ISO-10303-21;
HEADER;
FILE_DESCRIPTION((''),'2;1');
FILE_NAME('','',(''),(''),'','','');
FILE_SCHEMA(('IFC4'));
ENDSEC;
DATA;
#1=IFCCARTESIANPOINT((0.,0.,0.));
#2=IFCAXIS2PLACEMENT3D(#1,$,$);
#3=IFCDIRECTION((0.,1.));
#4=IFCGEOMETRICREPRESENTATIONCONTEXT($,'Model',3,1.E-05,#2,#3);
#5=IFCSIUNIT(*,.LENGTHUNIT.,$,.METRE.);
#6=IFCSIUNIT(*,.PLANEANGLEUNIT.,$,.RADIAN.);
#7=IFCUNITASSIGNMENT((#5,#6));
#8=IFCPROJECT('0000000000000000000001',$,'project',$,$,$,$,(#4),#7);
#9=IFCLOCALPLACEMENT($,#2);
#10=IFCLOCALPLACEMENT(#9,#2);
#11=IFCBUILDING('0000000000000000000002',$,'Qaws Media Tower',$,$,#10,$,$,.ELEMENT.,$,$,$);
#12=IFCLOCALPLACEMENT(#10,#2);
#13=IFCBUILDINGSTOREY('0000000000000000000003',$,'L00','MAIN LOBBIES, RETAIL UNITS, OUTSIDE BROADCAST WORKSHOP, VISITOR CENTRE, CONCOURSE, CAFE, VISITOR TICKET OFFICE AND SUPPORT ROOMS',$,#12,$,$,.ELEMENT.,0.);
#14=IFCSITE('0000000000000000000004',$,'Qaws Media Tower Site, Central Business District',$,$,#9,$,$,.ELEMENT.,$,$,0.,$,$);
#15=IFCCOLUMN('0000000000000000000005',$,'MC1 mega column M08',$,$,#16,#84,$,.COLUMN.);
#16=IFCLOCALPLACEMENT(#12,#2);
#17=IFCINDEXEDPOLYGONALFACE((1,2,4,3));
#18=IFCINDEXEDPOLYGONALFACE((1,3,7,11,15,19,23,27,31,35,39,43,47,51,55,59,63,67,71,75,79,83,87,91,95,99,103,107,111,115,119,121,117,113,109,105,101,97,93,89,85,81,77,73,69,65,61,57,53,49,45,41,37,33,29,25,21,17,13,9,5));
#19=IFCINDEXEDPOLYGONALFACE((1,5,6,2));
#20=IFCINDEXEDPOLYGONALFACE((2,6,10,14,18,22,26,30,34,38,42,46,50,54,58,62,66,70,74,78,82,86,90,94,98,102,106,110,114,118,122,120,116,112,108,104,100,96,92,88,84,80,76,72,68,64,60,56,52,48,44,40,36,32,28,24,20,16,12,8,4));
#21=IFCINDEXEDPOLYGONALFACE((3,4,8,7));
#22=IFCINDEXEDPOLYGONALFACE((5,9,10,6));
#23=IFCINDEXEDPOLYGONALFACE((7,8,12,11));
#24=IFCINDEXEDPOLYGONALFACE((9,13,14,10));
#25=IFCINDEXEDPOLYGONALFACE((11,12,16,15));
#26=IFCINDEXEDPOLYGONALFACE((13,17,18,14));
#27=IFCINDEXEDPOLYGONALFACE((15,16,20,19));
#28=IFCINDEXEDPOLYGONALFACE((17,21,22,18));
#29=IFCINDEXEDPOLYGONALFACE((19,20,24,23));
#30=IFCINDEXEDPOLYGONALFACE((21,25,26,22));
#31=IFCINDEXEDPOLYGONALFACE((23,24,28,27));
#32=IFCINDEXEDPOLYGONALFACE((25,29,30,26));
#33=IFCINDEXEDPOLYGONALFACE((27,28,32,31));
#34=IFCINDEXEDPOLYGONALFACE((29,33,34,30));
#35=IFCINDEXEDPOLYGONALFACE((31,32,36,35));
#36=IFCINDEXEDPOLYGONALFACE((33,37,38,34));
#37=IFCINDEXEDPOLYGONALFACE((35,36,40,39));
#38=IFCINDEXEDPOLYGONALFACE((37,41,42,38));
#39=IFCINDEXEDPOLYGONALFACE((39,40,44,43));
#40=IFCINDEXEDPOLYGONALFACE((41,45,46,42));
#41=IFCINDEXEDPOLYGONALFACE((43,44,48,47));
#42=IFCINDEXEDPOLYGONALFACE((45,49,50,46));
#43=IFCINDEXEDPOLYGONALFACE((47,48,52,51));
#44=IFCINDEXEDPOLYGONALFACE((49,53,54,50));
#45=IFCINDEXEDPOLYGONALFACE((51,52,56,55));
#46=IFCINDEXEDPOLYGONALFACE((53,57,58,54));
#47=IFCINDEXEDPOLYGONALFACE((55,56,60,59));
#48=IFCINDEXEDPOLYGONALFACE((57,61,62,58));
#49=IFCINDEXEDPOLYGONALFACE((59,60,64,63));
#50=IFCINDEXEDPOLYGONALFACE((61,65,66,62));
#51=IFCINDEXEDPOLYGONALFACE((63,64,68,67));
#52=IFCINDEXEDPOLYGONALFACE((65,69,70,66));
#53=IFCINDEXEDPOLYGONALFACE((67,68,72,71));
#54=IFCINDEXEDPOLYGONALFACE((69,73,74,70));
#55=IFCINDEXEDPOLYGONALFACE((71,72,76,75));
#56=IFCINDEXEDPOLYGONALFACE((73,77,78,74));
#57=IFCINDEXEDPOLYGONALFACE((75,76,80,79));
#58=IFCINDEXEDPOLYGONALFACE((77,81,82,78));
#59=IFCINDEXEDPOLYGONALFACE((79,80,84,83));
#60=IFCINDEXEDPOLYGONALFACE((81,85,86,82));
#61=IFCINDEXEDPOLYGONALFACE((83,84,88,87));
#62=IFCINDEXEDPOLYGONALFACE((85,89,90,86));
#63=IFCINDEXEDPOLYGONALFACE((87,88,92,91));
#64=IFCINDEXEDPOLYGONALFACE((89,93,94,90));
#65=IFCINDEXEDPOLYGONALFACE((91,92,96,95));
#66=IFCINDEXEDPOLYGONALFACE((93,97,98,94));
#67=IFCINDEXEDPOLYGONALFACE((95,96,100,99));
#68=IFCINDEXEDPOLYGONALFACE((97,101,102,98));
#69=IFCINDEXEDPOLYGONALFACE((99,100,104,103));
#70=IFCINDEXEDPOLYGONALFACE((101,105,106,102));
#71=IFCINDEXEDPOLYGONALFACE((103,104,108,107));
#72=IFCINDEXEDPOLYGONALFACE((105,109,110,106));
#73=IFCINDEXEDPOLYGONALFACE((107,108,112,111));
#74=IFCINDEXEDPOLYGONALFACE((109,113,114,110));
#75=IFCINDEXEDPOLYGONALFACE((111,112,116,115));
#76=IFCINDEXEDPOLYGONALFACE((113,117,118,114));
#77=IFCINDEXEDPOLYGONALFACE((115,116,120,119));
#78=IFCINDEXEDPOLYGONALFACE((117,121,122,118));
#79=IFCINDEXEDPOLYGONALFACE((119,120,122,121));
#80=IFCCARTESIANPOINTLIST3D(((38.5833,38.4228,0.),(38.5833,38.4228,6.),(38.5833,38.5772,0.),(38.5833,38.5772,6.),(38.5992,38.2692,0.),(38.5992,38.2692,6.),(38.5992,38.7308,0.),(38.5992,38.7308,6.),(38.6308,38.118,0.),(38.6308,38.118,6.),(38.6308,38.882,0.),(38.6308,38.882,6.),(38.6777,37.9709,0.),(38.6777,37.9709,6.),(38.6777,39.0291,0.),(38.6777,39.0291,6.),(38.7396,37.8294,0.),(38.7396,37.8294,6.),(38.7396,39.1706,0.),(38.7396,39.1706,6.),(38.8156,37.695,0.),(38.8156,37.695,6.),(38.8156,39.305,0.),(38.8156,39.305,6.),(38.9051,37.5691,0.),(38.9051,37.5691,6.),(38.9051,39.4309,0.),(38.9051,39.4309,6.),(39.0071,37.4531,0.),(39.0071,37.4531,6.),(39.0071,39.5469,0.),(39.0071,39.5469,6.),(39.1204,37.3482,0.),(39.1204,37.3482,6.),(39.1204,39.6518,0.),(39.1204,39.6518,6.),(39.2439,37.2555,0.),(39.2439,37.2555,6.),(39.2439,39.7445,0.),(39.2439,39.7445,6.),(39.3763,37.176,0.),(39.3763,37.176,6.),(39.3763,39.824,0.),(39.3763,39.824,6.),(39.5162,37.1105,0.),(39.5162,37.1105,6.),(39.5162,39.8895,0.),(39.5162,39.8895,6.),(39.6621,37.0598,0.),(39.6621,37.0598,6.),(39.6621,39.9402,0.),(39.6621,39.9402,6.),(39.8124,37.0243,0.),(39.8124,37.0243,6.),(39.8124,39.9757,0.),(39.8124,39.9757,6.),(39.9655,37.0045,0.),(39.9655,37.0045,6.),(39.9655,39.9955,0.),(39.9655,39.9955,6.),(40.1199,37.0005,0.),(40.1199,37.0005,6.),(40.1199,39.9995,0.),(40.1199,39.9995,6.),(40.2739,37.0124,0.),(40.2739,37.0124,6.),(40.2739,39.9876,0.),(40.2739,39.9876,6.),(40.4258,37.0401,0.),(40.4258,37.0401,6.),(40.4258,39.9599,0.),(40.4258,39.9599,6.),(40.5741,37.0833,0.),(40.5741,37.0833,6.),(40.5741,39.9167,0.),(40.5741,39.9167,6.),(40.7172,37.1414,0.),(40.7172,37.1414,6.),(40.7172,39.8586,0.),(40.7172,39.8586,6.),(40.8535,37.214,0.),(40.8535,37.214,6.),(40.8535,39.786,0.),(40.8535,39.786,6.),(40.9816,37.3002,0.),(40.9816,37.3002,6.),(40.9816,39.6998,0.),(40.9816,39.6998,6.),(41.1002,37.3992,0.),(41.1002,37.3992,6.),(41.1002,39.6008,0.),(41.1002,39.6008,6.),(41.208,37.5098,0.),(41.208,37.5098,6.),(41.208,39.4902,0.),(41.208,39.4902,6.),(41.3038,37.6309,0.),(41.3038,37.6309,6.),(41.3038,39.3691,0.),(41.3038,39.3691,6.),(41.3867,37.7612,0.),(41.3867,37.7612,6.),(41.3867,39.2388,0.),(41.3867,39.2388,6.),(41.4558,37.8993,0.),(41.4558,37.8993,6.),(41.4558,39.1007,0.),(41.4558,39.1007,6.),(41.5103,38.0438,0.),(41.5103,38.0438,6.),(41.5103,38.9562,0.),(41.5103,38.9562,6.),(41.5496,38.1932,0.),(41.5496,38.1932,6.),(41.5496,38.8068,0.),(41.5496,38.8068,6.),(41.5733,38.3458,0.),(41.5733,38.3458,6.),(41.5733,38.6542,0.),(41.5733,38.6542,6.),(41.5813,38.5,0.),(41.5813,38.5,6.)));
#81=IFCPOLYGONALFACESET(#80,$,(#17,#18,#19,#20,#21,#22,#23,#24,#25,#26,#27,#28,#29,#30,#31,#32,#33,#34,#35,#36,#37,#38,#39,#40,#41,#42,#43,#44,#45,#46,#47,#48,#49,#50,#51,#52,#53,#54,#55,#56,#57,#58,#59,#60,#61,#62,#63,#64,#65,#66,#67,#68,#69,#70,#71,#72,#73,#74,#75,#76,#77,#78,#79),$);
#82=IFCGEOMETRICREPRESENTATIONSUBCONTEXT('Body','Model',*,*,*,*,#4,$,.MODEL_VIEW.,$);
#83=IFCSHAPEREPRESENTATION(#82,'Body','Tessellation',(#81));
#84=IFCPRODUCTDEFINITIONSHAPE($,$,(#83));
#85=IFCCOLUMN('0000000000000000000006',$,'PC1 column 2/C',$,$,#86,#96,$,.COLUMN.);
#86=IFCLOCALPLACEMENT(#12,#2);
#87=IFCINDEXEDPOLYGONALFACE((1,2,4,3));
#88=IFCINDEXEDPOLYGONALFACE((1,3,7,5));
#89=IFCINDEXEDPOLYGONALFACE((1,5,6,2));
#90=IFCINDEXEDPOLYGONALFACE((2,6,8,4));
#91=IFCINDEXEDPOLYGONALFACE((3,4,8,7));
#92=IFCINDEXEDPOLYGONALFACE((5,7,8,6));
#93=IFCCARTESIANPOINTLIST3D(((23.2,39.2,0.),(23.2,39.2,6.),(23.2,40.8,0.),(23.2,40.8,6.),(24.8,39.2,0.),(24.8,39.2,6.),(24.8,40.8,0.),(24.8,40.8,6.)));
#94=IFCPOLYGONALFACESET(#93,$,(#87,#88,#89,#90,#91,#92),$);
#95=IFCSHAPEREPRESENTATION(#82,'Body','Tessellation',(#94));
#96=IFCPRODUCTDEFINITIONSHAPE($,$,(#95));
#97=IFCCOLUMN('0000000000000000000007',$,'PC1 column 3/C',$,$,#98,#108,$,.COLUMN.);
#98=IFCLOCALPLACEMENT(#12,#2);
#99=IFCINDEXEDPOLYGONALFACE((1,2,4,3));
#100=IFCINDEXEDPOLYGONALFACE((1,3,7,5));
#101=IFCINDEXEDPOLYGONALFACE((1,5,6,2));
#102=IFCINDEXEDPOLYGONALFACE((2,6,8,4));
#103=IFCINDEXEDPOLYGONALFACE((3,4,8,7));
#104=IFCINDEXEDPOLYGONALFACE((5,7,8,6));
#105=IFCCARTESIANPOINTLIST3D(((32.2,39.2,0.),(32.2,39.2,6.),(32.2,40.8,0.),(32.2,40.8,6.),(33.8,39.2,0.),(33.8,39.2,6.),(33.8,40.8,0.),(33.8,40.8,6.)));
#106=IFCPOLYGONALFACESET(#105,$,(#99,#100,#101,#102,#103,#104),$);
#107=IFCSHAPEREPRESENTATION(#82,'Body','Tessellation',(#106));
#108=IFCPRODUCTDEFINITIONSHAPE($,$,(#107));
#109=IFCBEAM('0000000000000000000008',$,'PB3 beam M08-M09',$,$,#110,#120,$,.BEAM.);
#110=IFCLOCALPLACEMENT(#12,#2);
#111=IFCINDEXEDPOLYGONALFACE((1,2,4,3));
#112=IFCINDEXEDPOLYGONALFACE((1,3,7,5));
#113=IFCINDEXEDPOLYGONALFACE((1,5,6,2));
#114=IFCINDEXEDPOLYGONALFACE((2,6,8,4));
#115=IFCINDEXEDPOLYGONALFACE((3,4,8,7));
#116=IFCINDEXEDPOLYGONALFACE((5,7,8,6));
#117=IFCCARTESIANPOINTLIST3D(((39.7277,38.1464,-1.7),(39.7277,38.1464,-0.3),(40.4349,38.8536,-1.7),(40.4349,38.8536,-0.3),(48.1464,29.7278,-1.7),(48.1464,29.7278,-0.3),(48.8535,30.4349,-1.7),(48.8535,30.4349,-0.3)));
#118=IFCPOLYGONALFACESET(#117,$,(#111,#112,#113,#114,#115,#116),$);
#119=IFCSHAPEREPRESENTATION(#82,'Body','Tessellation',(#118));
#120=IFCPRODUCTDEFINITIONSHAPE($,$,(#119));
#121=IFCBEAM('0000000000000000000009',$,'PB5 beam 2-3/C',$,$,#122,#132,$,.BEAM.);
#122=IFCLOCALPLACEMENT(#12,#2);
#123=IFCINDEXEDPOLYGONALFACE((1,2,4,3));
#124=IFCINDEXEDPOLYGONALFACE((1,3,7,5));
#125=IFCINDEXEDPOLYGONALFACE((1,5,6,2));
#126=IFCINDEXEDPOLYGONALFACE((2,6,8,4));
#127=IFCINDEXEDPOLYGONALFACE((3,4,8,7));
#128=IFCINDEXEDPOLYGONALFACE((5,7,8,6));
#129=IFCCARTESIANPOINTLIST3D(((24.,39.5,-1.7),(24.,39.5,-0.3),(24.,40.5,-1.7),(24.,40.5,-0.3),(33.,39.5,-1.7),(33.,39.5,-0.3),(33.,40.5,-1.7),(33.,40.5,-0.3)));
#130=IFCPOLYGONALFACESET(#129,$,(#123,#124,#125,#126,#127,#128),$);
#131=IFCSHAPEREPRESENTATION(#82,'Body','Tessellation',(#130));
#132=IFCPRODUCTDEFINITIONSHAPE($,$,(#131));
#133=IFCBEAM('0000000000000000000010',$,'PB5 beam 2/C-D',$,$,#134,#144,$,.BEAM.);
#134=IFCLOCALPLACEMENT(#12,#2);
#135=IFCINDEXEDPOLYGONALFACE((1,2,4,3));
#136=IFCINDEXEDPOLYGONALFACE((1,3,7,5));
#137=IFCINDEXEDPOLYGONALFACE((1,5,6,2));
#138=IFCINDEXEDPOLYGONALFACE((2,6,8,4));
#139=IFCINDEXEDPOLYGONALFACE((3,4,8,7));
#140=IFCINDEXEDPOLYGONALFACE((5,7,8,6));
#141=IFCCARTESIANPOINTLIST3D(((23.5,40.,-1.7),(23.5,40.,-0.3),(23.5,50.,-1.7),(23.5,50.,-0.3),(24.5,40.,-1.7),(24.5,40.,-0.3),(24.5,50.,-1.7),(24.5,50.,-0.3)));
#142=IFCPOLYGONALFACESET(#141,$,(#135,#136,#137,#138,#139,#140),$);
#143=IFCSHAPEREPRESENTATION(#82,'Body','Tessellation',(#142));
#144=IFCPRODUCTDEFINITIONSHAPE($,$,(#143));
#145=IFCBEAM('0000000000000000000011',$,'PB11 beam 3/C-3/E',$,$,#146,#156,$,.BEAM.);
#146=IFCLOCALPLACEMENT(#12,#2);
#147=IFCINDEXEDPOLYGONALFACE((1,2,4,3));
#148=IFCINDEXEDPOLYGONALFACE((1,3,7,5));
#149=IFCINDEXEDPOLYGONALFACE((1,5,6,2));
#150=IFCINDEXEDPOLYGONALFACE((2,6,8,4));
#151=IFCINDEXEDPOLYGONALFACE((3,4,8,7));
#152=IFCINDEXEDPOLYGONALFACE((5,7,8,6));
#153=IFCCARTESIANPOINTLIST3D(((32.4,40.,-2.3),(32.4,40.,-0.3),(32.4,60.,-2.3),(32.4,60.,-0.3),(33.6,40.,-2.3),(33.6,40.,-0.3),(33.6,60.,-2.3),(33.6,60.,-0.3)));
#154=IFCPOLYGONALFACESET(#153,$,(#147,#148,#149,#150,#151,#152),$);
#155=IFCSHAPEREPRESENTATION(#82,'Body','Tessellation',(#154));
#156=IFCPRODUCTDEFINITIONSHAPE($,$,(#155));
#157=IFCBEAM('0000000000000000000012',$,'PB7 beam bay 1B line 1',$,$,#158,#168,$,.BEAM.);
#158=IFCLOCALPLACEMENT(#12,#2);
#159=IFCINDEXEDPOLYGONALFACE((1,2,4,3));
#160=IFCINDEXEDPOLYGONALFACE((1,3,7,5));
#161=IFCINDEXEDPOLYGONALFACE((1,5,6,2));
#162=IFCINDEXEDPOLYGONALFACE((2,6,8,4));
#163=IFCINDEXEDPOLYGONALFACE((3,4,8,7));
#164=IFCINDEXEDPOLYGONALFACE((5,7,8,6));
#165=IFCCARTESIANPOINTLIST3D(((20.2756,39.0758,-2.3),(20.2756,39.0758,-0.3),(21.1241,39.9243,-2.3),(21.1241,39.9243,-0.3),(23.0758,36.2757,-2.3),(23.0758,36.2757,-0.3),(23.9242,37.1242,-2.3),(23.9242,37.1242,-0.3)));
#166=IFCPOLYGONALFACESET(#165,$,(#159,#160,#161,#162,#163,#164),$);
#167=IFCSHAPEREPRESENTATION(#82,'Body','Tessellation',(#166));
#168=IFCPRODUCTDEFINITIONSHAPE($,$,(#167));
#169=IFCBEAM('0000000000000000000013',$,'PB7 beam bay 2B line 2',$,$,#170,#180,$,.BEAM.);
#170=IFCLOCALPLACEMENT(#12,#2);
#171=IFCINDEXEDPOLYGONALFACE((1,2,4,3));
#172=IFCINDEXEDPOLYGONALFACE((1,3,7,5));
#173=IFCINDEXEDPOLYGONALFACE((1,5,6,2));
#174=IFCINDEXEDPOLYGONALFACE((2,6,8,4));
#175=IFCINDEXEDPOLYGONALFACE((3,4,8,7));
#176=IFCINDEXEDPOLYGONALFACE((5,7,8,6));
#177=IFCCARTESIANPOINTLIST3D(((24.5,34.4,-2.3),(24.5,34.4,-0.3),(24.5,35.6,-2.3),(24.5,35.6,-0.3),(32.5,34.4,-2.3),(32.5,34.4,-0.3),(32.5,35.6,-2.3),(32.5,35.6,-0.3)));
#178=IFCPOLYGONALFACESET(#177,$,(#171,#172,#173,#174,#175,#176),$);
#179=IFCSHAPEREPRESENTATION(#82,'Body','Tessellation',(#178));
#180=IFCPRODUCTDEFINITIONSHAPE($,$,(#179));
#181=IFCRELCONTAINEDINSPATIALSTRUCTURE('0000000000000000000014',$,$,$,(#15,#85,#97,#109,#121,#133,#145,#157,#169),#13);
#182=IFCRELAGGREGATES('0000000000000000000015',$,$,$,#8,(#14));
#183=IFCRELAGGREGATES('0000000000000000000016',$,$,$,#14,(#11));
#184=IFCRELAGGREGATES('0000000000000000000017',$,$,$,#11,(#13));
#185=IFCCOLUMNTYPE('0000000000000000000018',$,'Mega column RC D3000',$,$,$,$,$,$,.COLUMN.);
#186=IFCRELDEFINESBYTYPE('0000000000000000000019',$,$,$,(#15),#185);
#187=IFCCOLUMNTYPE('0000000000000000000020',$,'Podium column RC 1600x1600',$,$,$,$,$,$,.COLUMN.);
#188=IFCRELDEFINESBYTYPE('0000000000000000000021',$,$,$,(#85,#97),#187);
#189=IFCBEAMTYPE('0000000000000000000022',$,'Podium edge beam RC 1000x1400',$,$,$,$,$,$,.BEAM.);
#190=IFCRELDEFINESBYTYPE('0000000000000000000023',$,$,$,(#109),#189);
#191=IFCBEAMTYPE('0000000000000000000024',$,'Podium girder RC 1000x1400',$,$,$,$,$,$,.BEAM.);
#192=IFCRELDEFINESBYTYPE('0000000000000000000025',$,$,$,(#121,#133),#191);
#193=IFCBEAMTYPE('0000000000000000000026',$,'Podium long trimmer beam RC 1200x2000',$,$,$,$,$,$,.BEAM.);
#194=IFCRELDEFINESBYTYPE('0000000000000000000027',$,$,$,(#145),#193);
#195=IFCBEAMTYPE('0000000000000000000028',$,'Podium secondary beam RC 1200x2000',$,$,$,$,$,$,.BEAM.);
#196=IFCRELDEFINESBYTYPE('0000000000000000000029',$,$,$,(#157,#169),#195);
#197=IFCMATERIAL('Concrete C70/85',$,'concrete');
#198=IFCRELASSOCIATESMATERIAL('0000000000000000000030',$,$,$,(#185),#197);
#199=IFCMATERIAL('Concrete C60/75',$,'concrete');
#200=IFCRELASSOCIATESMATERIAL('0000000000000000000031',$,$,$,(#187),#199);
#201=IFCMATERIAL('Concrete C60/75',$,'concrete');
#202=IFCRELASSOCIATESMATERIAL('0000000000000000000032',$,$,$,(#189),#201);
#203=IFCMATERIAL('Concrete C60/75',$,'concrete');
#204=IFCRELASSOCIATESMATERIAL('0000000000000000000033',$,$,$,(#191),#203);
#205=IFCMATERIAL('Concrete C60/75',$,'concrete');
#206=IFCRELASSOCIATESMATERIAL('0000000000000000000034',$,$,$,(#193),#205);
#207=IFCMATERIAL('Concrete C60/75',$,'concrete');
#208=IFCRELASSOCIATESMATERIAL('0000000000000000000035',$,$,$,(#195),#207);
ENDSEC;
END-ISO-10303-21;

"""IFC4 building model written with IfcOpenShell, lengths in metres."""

from ifc_helpers import new_model, si_unit, direction, frame, origin, origin_2d, place, context, subcontext, project, spatial, rectangle, circle, extrude, material, material_profile, profile_set, type_object, element, save


model = new_model("IFC4")

# Units and contexts
model_context = context("Model", 3, precision=1e-05, world=origin(), true_north=direction((0.0, 1.0)))
body_context = subcontext(model_context, "Body", "Model", "MODEL_VIEW")
ifc_project = project(units=[si_unit("LENGTHUNIT", "METRE"), si_unit("PLANEANGLEUNIT", "RADIAN")], contexts=[model_context])

# Site, building, storey
site_placement = place(None, origin())
site = spatial("IfcSite", under=ifc_project, at=site_placement, Name="Qaws Media Tower Site, Central Business District", CompositionType="ELEMENT", RefElevation=0.0)
building_placement = place(site_placement, origin())
building = spatial("IfcBuilding", under=site, at=building_placement, Name="Qaws Media Tower", CompositionType="ELEMENT")
storey_placement = place(building_placement, origin())
storey = spatial("IfcBuildingStorey", under=building, at=storey_placement, Name="L00", Description="MAIN LOBBIES, RETAIL UNITS, OUTSIDE BROADCAST WORKSHOP, VISITOR CENTRE, CONCOURSE, CAFE, VISITOR TICKET OFFICE AND SUPPORT ROOMS", CompositionType="ELEMENT", Elevation=0.0)

# Columns
ifc_material_1 = material(Name="Concrete C70/85", Category="concrete")
ifc_material_profile_1 = material_profile(ifc_material_1, circle(Radius=1.5, at=origin_2d()), Name="RC D3000")
ifc_profile_set_1 = profile_set([ifc_material_profile_1], Name="Concrete C70/85")
column_type_1 = type_object("IfcColumnType", Name="Mega column RC D3000", PredefinedType="COLUMN", material=ifc_profile_set_1)
column_placement = place(storey_placement, frame((40.0813, 38.5, 0.0), z_axis=(0.0, 0.0, 1.0), x_axis=(1.0, 0.0, 0.0)))
element("IfcColumn", 1, at=column_placement, inside=storey, type_object=column_type_1, Name="MC1 mega column M08", PredefinedType="COLUMN", context=body_context, shape_type="SweptSolid", body=[
    extrude(circle(Radius=1.5, at=origin_2d()), origin(), (0.0, 0.0, 1.0), 6.0),
])
ifc_material_2 = material(Name="Concrete C60/75", Category="concrete")
ifc_material_profile_2 = material_profile(ifc_material_2, rectangle(XDim=1.6001, YDim=1.6001, at=origin_2d()), Name="RC 1600x1600")
ifc_profile_set_2 = profile_set([ifc_material_profile_2], Name="Concrete C60/75")
column_type_2 = type_object("IfcColumnType", Name="Podium column RC 1600x1600", PredefinedType="COLUMN", material=ifc_profile_set_2)
for number, where, z_axis, x_axis, name in (
    (2, (24.0, 40.0, 0.0), (0.0, 0.0, 1.0), (1.0, 0.0, 0.0), "PC1 column 2/C"),
    (3, (33.0, 40.0, 0.0), (0.0, 0.0, 1.0), (1.0, 0.0, 0.0), "PC1 column 3/C"),
):
    element("IfcColumn", number, at=place(storey_placement, frame(where, z_axis=z_axis, x_axis=x_axis)), inside=storey, type_object=column_type_2, Name=name, PredefinedType="COLUMN", context=body_context, shape_type="SweptSolid", body=[
        extrude(rectangle(XDim=1.6001, YDim=1.6001, at=origin_2d()), origin(), (0.0, 0.0, 1.0), 6.0),
    ])

# Beams
ifc_material_3 = material(Name="Concrete C60/75", Category="concrete")
ifc_material_profile_3 = material_profile(ifc_material_3, rectangle(XDim=1.0, YDim=1.3999, at=origin_2d()), Name="RC 1000x1400")
ifc_profile_set_3 = profile_set([ifc_material_profile_3], Name="Concrete C60/75")
beam_type_1 = type_object("IfcBeamType", Name="Podium edge beam RC 1000x1400", PredefinedType="BEAM", material=ifc_profile_set_3)
beam_1_placement = place(storey_placement, frame((40.0813, 38.5, -1.0), z_axis=(0.707107, -0.707107, 0.0), x_axis=(0.707107, 0.707107, 0.0)))
element("IfcBeam", 4, at=beam_1_placement, inside=storey, type_object=beam_type_1, Name="PB3 beam M08-M09", PredefinedType="BEAM", context=body_context, shape_type="SweptSolid", body=[
    extrude(rectangle(XDim=1.0, YDim=1.3999, at=origin_2d()), origin(), (0.0, 0.0, 1.0), 11.9058),
])
ifc_material_4 = material(Name="Concrete C60/75", Category="concrete")
ifc_material_profile_4 = material_profile(ifc_material_4, rectangle(XDim=1.0, YDim=1.3999, at=origin_2d()), Name="RC 1000x1400")
ifc_profile_set_4 = profile_set([ifc_material_profile_4], Name="Concrete C60/75")
beam_type_2 = type_object("IfcBeamType", Name="Podium girder RC 1000x1400", PredefinedType="BEAM", material=ifc_profile_set_4)
beam_2_placement = place(storey_placement, frame((24.0, 40.0, -1.0), z_axis=(1.0, 0.0, 0.0), x_axis=(0.0, 1.0, 0.0)))
element("IfcBeam", 5, at=beam_2_placement, inside=storey, type_object=beam_type_2, Name="PB5 beam 2-3/C", PredefinedType="BEAM", context=body_context, shape_type="SweptSolid", body=[
    extrude(rectangle(XDim=1.0, YDim=1.3999, at=origin_2d()), origin(), (0.0, 0.0, 1.0), 9.0),
])
beam_3_placement = place(storey_placement, frame((24.0, 40.0, -1.0), z_axis=(0.0, 1.0, 0.0), x_axis=(-1.0, 0.0, 0.0)))
element("IfcBeam", 6, at=beam_3_placement, inside=storey, type_object=beam_type_2, Name="PB5 beam 2/C-D", PredefinedType="BEAM", context=body_context, shape_type="SweptSolid", body=[
    extrude(rectangle(XDim=1.0, YDim=1.3999, at=origin_2d()), origin(), (0.0, 0.0, 1.0), 10.0),
])
ifc_material_5 = material(Name="Concrete C60/75", Category="concrete")
ifc_material_profile_5 = material_profile(ifc_material_5, rectangle(XDim=1.2, YDim=2.0, at=origin_2d()), Name="RC 1200x2000")
ifc_profile_set_5 = profile_set([ifc_material_profile_5], Name="Concrete C60/75")
beam_type_3 = type_object("IfcBeamType", Name="Podium long trimmer beam RC 1200x2000", PredefinedType="BEAM", material=ifc_profile_set_5)
beam_4_placement = place(storey_placement, frame((33.0, 40.0, -1.3), z_axis=(0.0, 1.0, 0.0), x_axis=(-1.0, 0.0, 0.0)))
element("IfcBeam", 7, at=beam_4_placement, inside=storey, type_object=beam_type_3, Name="PB11 beam 3/C-3/E", PredefinedType="BEAM", context=body_context, shape_type="SweptSolid", body=[
    extrude(rectangle(XDim=1.2, YDim=2.0, at=origin_2d()), origin(), (0.0, 0.0, 1.0), 20.0),
])
ifc_material_6 = material(Name="Concrete C60/75", Category="concrete")
ifc_material_profile_6 = material_profile(ifc_material_6, rectangle(XDim=1.2, YDim=2.0, at=origin_2d()), Name="RC 1200x2000")
ifc_profile_set_6 = profile_set([ifc_material_profile_6], Name="Concrete C60/75")
beam_type_4 = type_object("IfcBeamType", Name="Podium secondary beam RC 1200x2000", PredefinedType="BEAM", material=ifc_profile_set_6)
beam_5_placement = place(storey_placement, frame((23.5, 36.7, -1.3), z_axis=(-0.707107, 0.707107, 0.0), x_axis=(-0.707107, -0.707107, 0.0)))
element("IfcBeam", 8, at=beam_5_placement, inside=storey, type_object=beam_type_4, Name="PB7 beam bay 1B line 1", PredefinedType="BEAM", context=body_context, shape_type="SweptSolid", body=[
    extrude(rectangle(XDim=1.2, YDim=2.0, at=origin_2d()), origin(), (0.0, 0.0, 1.0), 3.96),
])
for number, where, z_axis, x_axis, name in (
    (9, (24.5, 35.0, -1.3), (1.0, 0.0, 0.0), (0.0, 1.0, 0.0), "PB7 beam bay 2B line 2"),
):
    element("IfcBeam", number, at=place(storey_placement, frame(where, z_axis=z_axis, x_axis=x_axis)), inside=storey, type_object=beam_type_4, Name=name, PredefinedType="BEAM", context=body_context, shape_type="SweptSolid", body=[
        extrude(rectangle(XDim=1.2, YDim=2.0, at=origin_2d()), origin(), (0.0, 0.0, 1.0), 8.0),
    ])

save(model, "model.ifc")
